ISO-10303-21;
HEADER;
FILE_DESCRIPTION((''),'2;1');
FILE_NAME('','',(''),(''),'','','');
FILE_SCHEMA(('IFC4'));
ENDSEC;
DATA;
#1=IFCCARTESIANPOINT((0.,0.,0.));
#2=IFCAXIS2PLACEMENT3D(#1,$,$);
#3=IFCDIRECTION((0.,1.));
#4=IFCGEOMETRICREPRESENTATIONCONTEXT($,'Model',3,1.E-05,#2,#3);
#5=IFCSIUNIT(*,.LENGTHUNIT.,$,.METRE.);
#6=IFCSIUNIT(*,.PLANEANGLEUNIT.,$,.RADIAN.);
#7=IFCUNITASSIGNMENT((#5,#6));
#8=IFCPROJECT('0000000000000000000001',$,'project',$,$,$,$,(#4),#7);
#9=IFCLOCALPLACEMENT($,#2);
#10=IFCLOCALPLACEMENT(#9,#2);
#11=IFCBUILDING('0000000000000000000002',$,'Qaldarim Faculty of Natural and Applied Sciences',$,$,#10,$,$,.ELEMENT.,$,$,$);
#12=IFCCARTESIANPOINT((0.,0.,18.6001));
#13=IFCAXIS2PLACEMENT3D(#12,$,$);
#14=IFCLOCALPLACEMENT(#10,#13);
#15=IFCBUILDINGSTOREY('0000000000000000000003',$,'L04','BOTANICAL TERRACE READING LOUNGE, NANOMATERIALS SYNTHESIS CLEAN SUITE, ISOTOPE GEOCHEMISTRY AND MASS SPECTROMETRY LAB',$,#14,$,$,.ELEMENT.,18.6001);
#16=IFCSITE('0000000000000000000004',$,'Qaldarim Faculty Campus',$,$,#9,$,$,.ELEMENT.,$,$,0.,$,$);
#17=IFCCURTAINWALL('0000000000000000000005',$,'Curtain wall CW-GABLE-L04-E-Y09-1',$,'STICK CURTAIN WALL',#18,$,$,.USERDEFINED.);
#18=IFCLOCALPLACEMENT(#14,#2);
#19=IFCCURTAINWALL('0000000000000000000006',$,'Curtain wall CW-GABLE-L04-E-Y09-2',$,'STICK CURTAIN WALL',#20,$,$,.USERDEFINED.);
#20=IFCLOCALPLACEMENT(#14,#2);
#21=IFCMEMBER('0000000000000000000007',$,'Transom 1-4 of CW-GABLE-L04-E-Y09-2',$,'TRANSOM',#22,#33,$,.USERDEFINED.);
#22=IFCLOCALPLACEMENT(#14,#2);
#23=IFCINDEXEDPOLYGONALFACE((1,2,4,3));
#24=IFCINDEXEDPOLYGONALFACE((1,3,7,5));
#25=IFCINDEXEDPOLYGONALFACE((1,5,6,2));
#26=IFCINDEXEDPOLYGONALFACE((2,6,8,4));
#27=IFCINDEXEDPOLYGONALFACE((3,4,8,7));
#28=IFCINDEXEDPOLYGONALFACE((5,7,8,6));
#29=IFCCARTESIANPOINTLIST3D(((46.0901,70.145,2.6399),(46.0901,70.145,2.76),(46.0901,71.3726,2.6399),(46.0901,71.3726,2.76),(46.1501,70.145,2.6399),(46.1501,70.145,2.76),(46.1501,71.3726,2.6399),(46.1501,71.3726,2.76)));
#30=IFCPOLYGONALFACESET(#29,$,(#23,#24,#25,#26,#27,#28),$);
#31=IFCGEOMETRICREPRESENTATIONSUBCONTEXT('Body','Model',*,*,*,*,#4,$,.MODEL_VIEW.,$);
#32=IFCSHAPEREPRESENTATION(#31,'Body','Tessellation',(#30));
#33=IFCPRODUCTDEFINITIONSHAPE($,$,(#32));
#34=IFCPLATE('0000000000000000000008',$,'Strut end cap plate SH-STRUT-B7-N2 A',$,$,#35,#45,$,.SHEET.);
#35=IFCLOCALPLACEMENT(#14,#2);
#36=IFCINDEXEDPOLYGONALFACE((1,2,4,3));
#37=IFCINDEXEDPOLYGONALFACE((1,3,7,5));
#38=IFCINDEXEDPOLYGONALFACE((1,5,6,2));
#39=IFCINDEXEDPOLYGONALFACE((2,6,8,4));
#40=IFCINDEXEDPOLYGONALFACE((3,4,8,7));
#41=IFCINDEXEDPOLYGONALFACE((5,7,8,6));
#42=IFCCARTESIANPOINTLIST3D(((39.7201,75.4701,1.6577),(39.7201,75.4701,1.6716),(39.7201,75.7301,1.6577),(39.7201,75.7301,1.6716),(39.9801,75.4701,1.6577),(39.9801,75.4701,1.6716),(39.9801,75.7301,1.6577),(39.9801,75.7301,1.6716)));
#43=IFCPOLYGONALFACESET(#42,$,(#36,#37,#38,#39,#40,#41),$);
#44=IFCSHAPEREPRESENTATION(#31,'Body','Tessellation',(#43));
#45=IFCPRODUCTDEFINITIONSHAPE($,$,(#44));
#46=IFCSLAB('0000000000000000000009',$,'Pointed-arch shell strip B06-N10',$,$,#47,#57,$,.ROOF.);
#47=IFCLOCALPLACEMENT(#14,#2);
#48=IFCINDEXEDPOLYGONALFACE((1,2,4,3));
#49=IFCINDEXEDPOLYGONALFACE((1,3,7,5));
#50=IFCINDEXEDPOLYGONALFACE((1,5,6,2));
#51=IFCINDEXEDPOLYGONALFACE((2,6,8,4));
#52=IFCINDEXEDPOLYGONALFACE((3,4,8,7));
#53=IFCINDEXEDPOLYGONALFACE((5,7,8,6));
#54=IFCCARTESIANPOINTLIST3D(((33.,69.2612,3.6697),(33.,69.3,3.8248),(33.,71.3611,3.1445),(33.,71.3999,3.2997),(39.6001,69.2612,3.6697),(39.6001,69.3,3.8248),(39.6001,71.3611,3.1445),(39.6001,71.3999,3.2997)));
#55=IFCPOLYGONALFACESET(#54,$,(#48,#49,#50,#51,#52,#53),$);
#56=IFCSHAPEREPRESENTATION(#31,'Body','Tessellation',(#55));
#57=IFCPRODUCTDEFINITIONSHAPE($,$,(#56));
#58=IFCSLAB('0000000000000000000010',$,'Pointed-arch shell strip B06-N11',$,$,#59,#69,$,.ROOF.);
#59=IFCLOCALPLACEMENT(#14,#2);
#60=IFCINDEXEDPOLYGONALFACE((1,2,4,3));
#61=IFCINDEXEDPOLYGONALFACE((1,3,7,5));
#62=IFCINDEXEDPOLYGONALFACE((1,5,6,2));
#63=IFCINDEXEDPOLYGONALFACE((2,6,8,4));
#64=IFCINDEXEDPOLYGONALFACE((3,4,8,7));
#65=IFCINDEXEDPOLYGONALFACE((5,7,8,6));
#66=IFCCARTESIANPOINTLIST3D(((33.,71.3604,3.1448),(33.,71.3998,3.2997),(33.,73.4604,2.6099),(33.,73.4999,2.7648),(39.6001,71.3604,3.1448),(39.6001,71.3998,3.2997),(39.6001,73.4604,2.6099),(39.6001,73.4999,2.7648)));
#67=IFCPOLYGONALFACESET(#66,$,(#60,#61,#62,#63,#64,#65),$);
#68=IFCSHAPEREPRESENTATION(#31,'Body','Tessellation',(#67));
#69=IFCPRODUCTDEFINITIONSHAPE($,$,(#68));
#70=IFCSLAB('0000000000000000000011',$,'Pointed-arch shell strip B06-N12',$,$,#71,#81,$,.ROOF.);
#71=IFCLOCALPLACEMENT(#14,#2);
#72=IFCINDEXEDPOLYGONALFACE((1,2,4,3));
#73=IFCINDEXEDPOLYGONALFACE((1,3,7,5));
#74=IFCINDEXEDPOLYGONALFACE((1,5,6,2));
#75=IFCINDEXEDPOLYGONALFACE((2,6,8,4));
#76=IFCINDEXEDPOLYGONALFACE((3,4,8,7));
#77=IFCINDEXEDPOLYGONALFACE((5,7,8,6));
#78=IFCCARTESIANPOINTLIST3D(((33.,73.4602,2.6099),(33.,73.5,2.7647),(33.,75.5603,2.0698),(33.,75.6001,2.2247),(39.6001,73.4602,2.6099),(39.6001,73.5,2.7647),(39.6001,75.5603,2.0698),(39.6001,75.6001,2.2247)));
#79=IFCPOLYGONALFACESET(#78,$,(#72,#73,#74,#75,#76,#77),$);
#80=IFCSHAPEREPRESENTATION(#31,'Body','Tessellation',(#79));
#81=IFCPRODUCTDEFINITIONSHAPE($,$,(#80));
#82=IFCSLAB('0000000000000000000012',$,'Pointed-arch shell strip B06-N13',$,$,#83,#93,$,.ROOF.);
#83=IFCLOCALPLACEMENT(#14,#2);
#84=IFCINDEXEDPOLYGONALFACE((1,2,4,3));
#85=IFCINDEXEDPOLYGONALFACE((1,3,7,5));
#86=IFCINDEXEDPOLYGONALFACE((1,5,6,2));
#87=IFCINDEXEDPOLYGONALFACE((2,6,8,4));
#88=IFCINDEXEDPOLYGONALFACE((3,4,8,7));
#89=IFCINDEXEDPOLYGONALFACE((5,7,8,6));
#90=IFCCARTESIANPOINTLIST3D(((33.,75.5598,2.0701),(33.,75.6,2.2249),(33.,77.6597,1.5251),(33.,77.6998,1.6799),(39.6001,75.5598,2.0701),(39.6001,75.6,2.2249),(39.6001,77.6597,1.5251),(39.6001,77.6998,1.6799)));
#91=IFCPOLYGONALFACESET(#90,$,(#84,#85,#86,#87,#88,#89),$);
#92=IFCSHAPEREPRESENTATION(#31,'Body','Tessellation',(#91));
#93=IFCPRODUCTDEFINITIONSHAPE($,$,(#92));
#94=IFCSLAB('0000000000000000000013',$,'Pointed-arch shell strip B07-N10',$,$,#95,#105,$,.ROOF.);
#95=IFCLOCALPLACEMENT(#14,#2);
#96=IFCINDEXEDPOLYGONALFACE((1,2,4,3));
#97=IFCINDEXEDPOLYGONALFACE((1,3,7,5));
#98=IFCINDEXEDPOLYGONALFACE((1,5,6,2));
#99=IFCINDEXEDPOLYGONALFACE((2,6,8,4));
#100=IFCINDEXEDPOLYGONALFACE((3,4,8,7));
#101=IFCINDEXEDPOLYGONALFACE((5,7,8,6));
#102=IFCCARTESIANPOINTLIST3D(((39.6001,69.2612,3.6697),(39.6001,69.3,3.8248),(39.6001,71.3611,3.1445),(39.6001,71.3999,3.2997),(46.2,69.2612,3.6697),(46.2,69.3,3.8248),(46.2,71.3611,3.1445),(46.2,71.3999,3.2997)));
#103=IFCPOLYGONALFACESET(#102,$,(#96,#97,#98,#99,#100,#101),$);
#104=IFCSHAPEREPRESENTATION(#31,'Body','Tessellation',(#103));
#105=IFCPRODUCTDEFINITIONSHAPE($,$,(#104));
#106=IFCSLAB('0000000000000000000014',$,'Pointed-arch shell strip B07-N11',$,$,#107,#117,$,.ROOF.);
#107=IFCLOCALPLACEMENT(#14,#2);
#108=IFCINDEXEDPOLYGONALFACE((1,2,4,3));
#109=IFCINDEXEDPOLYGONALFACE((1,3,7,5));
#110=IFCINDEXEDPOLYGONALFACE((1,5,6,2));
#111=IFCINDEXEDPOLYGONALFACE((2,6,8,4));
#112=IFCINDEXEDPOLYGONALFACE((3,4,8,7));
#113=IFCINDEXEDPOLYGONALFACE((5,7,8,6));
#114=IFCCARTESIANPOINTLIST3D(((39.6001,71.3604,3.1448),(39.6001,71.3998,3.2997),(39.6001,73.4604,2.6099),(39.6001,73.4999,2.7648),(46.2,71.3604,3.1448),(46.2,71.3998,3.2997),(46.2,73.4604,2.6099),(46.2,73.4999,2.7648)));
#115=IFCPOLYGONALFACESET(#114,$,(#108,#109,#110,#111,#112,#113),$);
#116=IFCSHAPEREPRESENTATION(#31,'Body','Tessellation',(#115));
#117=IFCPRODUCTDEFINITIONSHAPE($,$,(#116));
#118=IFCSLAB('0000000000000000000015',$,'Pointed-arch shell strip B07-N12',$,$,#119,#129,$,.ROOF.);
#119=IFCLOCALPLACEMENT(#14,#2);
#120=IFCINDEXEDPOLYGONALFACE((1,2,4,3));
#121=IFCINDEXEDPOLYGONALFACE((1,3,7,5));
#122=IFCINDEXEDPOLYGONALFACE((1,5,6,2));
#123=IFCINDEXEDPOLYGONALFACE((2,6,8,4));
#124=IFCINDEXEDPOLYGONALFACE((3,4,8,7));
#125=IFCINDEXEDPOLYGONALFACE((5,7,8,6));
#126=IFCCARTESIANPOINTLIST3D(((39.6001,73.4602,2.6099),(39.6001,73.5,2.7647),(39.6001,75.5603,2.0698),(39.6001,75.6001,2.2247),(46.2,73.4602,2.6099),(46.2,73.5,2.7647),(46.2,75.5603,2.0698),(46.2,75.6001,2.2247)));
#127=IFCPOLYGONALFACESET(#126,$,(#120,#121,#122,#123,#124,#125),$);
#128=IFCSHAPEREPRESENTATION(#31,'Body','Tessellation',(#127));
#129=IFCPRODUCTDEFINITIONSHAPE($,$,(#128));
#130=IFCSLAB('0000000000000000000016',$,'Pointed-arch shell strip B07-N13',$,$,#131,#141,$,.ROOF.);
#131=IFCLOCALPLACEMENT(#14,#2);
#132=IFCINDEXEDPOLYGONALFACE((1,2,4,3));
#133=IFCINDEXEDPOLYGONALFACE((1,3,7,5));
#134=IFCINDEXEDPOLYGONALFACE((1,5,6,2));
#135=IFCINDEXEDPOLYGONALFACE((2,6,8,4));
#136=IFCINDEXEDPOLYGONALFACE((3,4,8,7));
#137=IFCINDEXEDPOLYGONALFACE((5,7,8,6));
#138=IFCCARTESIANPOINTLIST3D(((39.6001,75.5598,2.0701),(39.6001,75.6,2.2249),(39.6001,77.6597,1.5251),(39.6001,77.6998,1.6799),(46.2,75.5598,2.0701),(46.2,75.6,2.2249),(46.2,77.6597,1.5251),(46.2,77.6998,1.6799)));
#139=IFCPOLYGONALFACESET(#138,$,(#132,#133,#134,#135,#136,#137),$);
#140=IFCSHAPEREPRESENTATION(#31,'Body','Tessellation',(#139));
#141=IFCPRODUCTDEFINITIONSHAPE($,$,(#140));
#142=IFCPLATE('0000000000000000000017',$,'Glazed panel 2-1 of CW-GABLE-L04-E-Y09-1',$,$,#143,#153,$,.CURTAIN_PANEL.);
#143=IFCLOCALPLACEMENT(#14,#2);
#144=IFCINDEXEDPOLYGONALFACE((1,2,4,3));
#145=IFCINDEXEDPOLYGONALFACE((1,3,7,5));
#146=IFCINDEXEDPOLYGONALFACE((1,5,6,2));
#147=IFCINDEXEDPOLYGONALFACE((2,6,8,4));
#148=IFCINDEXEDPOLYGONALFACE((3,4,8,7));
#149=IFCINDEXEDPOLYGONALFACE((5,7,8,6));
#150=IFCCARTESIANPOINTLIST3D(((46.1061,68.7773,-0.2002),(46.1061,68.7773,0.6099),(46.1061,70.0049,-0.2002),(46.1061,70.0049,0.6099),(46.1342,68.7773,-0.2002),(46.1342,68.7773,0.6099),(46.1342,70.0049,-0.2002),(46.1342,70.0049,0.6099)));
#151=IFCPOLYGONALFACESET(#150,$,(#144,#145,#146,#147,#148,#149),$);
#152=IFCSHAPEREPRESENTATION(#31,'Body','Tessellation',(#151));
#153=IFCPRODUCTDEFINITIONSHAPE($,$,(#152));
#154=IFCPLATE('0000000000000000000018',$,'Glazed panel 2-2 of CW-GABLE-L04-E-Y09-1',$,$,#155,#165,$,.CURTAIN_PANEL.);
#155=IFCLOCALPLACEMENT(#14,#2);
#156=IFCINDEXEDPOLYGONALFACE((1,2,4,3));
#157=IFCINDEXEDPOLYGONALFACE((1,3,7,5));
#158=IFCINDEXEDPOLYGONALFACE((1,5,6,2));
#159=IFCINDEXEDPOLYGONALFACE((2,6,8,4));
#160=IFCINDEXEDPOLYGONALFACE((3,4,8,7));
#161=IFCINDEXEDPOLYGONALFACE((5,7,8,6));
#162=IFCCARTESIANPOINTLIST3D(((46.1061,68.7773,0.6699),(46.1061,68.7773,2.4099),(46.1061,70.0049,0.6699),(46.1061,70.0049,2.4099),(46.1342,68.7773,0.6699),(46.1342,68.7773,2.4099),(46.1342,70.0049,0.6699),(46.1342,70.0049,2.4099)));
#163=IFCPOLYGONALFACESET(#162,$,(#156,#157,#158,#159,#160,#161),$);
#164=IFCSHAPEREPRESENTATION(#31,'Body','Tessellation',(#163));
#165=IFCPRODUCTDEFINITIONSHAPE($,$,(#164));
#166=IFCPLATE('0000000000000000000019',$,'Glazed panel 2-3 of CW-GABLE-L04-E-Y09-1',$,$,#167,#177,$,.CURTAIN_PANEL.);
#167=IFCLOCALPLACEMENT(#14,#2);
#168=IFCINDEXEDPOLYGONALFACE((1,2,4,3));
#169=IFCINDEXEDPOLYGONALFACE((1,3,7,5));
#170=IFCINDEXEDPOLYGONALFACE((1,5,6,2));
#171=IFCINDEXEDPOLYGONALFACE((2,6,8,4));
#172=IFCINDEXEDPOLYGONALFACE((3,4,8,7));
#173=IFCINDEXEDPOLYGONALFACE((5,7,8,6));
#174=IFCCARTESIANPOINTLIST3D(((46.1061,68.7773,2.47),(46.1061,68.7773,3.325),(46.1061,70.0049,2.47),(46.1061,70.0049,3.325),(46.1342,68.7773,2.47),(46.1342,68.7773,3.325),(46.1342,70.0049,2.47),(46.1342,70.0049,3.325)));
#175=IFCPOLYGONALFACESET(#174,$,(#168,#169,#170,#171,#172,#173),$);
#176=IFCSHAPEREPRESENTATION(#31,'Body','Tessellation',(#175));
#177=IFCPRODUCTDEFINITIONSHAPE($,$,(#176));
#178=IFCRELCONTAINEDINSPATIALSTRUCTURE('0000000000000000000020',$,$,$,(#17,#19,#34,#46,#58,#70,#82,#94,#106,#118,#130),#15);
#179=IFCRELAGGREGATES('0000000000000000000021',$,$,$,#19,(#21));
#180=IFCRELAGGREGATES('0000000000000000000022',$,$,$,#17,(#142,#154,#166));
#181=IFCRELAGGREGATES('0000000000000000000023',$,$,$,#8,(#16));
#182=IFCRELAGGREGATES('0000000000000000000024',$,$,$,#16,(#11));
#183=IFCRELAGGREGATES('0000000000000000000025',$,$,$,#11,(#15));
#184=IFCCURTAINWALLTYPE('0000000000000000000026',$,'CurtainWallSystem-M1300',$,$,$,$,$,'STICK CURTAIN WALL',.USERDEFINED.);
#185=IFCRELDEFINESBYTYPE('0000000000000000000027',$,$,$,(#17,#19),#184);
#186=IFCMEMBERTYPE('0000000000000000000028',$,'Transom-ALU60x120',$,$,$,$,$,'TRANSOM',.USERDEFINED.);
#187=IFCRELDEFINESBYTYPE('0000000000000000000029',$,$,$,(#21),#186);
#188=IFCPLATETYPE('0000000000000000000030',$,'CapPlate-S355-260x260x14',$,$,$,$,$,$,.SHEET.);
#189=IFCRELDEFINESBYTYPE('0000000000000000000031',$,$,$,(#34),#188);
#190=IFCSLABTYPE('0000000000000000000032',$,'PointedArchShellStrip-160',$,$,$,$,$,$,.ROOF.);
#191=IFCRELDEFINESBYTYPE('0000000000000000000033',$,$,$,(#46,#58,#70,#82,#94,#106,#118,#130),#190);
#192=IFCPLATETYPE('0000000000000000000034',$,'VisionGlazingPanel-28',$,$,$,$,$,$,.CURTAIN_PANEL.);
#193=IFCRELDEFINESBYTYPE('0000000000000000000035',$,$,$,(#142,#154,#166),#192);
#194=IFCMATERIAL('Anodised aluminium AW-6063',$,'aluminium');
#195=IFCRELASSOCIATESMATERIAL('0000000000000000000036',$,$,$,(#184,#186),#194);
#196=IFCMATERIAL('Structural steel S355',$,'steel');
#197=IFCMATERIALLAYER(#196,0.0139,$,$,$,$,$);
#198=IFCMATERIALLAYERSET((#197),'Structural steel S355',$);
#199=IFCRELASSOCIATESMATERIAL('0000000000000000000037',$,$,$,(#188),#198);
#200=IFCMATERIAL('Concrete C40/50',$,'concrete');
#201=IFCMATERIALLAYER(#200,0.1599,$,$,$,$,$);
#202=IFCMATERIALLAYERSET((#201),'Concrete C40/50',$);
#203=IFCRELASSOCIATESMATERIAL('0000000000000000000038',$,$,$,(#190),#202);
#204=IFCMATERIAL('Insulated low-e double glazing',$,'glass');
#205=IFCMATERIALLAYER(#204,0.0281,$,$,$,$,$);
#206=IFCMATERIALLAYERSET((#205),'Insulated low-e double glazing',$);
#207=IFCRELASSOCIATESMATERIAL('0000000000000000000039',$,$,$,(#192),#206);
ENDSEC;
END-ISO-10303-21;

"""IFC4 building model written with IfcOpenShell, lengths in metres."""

from ifc_helpers import new_model, si_unit, direction, frame, origin, origin_2d, place, context, subcontext, project, spatial, polyline, rectangle, outline, extrude, material, layer, layer_set, material_profile, profile_set, type_object, element, aggregate, save


model = new_model("IFC4")

# Units and contexts
model_context = context("Model", 3, precision=1e-05, world=origin(), true_north=direction((0.0, 1.0)))
body_context = subcontext(model_context, "Body", "Model", "MODEL_VIEW")
ifc_project = project(units=[si_unit("LENGTHUNIT", "METRE"), si_unit("PLANEANGLEUNIT", "RADIAN")], contexts=[model_context])

# Site, building, storey
site_placement = place(None, origin())
site = spatial("IfcSite", under=ifc_project, at=site_placement, Name="Qaldarim Faculty Campus", CompositionType="ELEMENT", RefElevation=0.0)
building_placement = place(site_placement, origin())
building = spatial("IfcBuilding", under=site, at=building_placement, Name="Qaldarim Faculty of Natural and Applied Sciences", CompositionType="ELEMENT")
storey_placement = place(building_placement, frame((0.0, 0.0, 18.6001)))
storey = spatial("IfcBuildingStorey", under=building, at=storey_placement, Name="L04", Description="BOTANICAL TERRACE READING LOUNGE, NANOMATERIALS SYNTHESIS CLEAN SUITE, ISOTOPE GEOCHEMISTRY AND MASS SPECTROMETRY LAB", CompositionType="ELEMENT", Elevation=18.6001)

# Curtain walls
ifc_material_1 = material(Name="Anodised aluminium AW-6063", Category="aluminium")
curtain_wall_type = type_object("IfcCurtainWallType", Name="CurtainWallSystem-M1300", ElementType="STICK CURTAIN WALL", PredefinedType="USERDEFINED", material=ifc_material_1)
curtain_wall_1_placement = place(storey_placement, origin())
curtain_wall_1 = element("IfcCurtainWall", 1, at=curtain_wall_1_placement, inside=storey, type_object=curtain_wall_type, Name="Curtain wall CW-GABLE-L04-E-Y09-1", ObjectType="STICK CURTAIN WALL", PredefinedType="USERDEFINED")
curtain_wall_2_placement = place(storey_placement, origin())
curtain_wall_2 = element("IfcCurtainWall", 2, at=curtain_wall_2_placement, inside=storey, type_object=curtain_wall_type, Name="Curtain wall CW-GABLE-L04-E-Y09-2", ObjectType="STICK CURTAIN WALL", PredefinedType="USERDEFINED")

# Member
ifc_material_2 = material(Name="Structural steel S355", Category="steel")
ifc_material_profile_1 = material_profile(ifc_material_1, rectangle(XDim=0.0601, YDim=0.1201, at=origin_2d()), Name="ALU-T60x120")
ifc_profile_set_1 = profile_set([ifc_material_profile_1], Name="Anodised aluminium AW-6063")
member_type_1 = type_object("IfcMemberType", Name="Transom-ALU60x120", ElementType="TRANSOM", PredefinedType="USERDEFINED", material=ifc_profile_set_1)
member_1_placement = place(storey_placement, frame((46.1201, 70.145, 2.7), z_axis=(0.0, 1.0, 0.0), x_axis=(-1.0, 0.0, 0.0)))
member_1 = element("IfcMember", 3, at=member_1_placement, type_object=member_type_1, Name="Transom 1-4 of CW-GABLE-L04-E-Y09-2", ObjectType="TRANSOM", PredefinedType="USERDEFINED", context=body_context, shape_type="SweptSolid", body=[
    extrude(rectangle(XDim=0.0601, YDim=0.1201, at=origin_2d()), origin(), (0.0, 0.0, 1.0), 1.2275),
])
aggregate(curtain_wall_2, [member_1])

# Plate
ifc_layer_1 = layer(ifc_material_2, 0.0139)
ifc_layer_set_1 = layer_set([ifc_layer_1], Name="Structural steel S355")
plate_type_1 = type_object("IfcPlateType", Name="CapPlate-S355-260x260x14", PredefinedType="SHEET", material=ifc_layer_set_1)
plate_1_placement = place(storey_placement, frame((39.8501, 75.6001, 1.6577), z_axis=(0.0, 0.0, 1.0), x_axis=(1.0, 0.0, 0.0)))
element("IfcPlate", 4, at=plate_1_placement, inside=storey, type_object=plate_type_1, Name="Strut end cap plate SH-STRUT-B7-N2 A", PredefinedType="SHEET", context=body_context, shape_type="SweptSolid", body=[
    extrude(rectangle(XDim=0.26, YDim=0.26, at=origin_2d()), origin(), (0.0, 0.0, 1.0), 0.0139),
])

# Slabs
ifc_material_3 = material(Name="Concrete C40/50", Category="concrete")
ifc_layer_2 = layer(ifc_material_3, 0.1599)
ifc_layer_set_2 = layer_set([ifc_layer_2], Name="Concrete C40/50")
slab_type = type_object("IfcSlabType", Name="PointedArchShellStrip-160", PredefinedType="ROOF", material=ifc_layer_set_2)
slab_1_placement = place(storey_placement, frame((33.0, 69.2612, 3.6697), z_axis=(0.0, 0.242615, 0.970123), x_axis=(1.0, 0.0, 0.0)))
element("IfcSlab", 5, at=slab_1_placement, inside=storey, type_object=slab_type, Name="Pointed-arch shell strip B06-N10", PredefinedType="ROOF", context=body_context, shape_type="SweptSolid", body=[
    extrude(outline(polyline([(0.0, 0.0), (6.6001, 0.0), (6.6001, 2.1645), (0.0, 2.1645), (0.0, 0.0)])), origin(), (0.0, 0.0, 1.0), 0.1599),
])
slab_2_placement = place(storey_placement, frame((33.0, 71.3604, 3.1448), z_axis=(0.0, 0.246827, 0.969059), x_axis=(1.0, 0.0, 0.0)))
element("IfcSlab", 6, at=slab_2_placement, inside=storey, type_object=slab_type, Name="Pointed-arch shell strip B06-N11", PredefinedType="ROOF", context=body_context, shape_type="SweptSolid", body=[
    extrude(outline(polyline([(0.0, 0.0), (6.6001, 0.0), (6.6001, 2.1672), (0.0, 2.1672), (0.0, 0.0)])), origin(), (0.0, 0.0, 1.0), 0.1599),
])
slab_3_placement = place(storey_placement, frame((33.0, 73.4602, 2.6099), z_axis=(0.0, 0.249047, 0.968491), x_axis=(1.0, 0.0, 0.0)))
element("IfcSlab", 7, at=slab_3_placement, inside=storey, type_object=slab_type, Name="Pointed-arch shell strip B06-N12", PredefinedType="ROOF", context=body_context, shape_type="SweptSolid", body=[
    extrude(outline(polyline([(0.0, 0.0), (6.6001, 0.0), (6.6001, 2.1684), (0.0, 2.1684), (0.0, 0.0)])), origin(), (0.0, 0.0, 1.0), 0.1599),
])
slab_4_placement = place(storey_placement, frame((33.0, 75.5598, 2.0701), z_axis=(0.0, 0.251185, 0.967939), x_axis=(1.0, 0.0, 0.0)))
element("IfcSlab", 8, at=slab_4_placement, inside=storey, type_object=slab_type, Name="Pointed-arch shell strip B06-N13", PredefinedType="ROOF", context=body_context, shape_type="SweptSolid", body=[
    extrude(outline(polyline([(0.0, 0.0), (6.6001, 0.0), (6.6001, 2.1694), (0.0, 2.1694), (0.0, 0.0)])), origin(), (0.0, 0.0, 1.0), 0.1599),
])
slab_5_placement = place(storey_placement, frame((39.6001, 69.2612, 3.6697), z_axis=(0.0, 0.242615, 0.970123), x_axis=(1.0, 0.0, 0.0)))
element("IfcSlab", 9, at=slab_5_placement, inside=storey, type_object=slab_type, Name="Pointed-arch shell strip B07-N10", PredefinedType="ROOF", context=body_context, shape_type="SweptSolid", body=[
    extrude(outline(polyline([(0.0, 0.0), (6.5999, 0.0), (6.5999, 2.1645), (0.0, 2.1645), (0.0, 0.0)])), origin(), (0.0, 0.0, 1.0), 0.1599),
])
slab_6_placement = place(storey_placement, frame((39.6001, 71.3604, 3.1448), z_axis=(0.0, 0.246827, 0.969059), x_axis=(1.0, 0.0, 0.0)))
element("IfcSlab", 10, at=slab_6_placement, inside=storey, type_object=slab_type, Name="Pointed-arch shell strip B07-N11", PredefinedType="ROOF", context=body_context, shape_type="SweptSolid", body=[
    extrude(outline(polyline([(0.0, 0.0), (6.5999, 0.0), (6.5999, 2.1672), (0.0, 2.1672), (0.0, 0.0)])), origin(), (0.0, 0.0, 1.0), 0.1599),
])
slab_7_placement = place(storey_placement, frame((39.6001, 73.4602, 2.6099), z_axis=(0.0, 0.249047, 0.968491), x_axis=(1.0, 0.0, 0.0)))
element("IfcSlab", 11, at=slab_7_placement, inside=storey, type_object=slab_type, Name="Pointed-arch shell strip B07-N12", PredefinedType="ROOF", context=body_context, shape_type="SweptSolid", body=[
    extrude(outline(polyline([(0.0, 0.0), (6.5999, 0.0), (6.5999, 2.1684), (0.0, 2.1684), (0.0, 0.0)])), origin(), (0.0, 0.0, 1.0), 0.1599),
])
slab_8_placement = place(storey_placement, frame((39.6001, 75.5598, 2.0701), z_axis=(0.0, 0.251185, 0.967939), x_axis=(1.0, 0.0, 0.0)))
element("IfcSlab", 12, at=slab_8_placement, inside=storey, type_object=slab_type, Name="Pointed-arch shell strip B07-N13", PredefinedType="ROOF", context=body_context, shape_type="SweptSolid", body=[
    extrude(outline(polyline([(0.0, 0.0), (6.5999, 0.0), (6.5999, 2.1694), (0.0, 2.1694), (0.0, 0.0)])), origin(), (0.0, 0.0, 1.0), 0.1599),
])

# Plates
ifc_material_4 = material(Name="Insulated low-e double glazing", Category="glass")
ifc_layer_3 = layer(ifc_material_4, 0.0281)
ifc_layer_set_3 = layer_set([ifc_layer_3], Name="Insulated low-e double glazing")
plate_type_2 = type_object("IfcPlateType", Name="VisionGlazingPanel-28", PredefinedType="CURTAIN_PANEL", material=ifc_layer_set_3)
plate_2_placement = place(storey_placement, frame((46.1201, 69.3911, -0.2002), z_axis=(0.0, 0.0, 1.0), x_axis=(0.0, 1.0, 0.0)))
plate_2 = element("IfcPlate", 13, at=plate_2_placement, type_object=plate_type_2, Name="Glazed panel 2-1 of CW-GABLE-L04-E-Y09-1", PredefinedType="CURTAIN_PANEL", context=body_context, shape_type="SweptSolid", body=[
    extrude(rectangle(XDim=1.2275, YDim=0.0281, at=origin_2d()), origin(), (0.0, 0.0, 1.0), 0.8101),
])
plate_3_placement = place(storey_placement, frame((46.1201, 69.3911, 0.6699), z_axis=(0.0, 0.0, 1.0), x_axis=(0.0, 1.0, 0.0)))
plate_3 = element("IfcPlate", 14, at=plate_3_placement, type_object=plate_type_2, Name="Glazed panel 2-2 of CW-GABLE-L04-E-Y09-1", PredefinedType="CURTAIN_PANEL", context=body_context, shape_type="SweptSolid", body=[
    extrude(rectangle(XDim=1.2275, YDim=0.0281, at=origin_2d()), origin(), (0.0, 0.0, 1.0), 1.74),
])
plate_4_placement = place(storey_placement, frame((46.1201, 69.3911, 2.47), z_axis=(0.0, 0.0, 1.0), x_axis=(0.0, 1.0, 0.0)))
plate_4 = element("IfcPlate", 15, at=plate_4_placement, type_object=plate_type_2, Name="Glazed panel 2-3 of CW-GABLE-L04-E-Y09-1", PredefinedType="CURTAIN_PANEL", context=body_context, shape_type="SweptSolid", body=[
    extrude(rectangle(XDim=1.2275, YDim=0.0281, at=origin_2d()), origin(), (0.0, 0.0, 1.0), 0.855),
])
aggregate(curtain_wall_1, [plate_2, plate_3, plate_4])

save(model, "model.ifc")
